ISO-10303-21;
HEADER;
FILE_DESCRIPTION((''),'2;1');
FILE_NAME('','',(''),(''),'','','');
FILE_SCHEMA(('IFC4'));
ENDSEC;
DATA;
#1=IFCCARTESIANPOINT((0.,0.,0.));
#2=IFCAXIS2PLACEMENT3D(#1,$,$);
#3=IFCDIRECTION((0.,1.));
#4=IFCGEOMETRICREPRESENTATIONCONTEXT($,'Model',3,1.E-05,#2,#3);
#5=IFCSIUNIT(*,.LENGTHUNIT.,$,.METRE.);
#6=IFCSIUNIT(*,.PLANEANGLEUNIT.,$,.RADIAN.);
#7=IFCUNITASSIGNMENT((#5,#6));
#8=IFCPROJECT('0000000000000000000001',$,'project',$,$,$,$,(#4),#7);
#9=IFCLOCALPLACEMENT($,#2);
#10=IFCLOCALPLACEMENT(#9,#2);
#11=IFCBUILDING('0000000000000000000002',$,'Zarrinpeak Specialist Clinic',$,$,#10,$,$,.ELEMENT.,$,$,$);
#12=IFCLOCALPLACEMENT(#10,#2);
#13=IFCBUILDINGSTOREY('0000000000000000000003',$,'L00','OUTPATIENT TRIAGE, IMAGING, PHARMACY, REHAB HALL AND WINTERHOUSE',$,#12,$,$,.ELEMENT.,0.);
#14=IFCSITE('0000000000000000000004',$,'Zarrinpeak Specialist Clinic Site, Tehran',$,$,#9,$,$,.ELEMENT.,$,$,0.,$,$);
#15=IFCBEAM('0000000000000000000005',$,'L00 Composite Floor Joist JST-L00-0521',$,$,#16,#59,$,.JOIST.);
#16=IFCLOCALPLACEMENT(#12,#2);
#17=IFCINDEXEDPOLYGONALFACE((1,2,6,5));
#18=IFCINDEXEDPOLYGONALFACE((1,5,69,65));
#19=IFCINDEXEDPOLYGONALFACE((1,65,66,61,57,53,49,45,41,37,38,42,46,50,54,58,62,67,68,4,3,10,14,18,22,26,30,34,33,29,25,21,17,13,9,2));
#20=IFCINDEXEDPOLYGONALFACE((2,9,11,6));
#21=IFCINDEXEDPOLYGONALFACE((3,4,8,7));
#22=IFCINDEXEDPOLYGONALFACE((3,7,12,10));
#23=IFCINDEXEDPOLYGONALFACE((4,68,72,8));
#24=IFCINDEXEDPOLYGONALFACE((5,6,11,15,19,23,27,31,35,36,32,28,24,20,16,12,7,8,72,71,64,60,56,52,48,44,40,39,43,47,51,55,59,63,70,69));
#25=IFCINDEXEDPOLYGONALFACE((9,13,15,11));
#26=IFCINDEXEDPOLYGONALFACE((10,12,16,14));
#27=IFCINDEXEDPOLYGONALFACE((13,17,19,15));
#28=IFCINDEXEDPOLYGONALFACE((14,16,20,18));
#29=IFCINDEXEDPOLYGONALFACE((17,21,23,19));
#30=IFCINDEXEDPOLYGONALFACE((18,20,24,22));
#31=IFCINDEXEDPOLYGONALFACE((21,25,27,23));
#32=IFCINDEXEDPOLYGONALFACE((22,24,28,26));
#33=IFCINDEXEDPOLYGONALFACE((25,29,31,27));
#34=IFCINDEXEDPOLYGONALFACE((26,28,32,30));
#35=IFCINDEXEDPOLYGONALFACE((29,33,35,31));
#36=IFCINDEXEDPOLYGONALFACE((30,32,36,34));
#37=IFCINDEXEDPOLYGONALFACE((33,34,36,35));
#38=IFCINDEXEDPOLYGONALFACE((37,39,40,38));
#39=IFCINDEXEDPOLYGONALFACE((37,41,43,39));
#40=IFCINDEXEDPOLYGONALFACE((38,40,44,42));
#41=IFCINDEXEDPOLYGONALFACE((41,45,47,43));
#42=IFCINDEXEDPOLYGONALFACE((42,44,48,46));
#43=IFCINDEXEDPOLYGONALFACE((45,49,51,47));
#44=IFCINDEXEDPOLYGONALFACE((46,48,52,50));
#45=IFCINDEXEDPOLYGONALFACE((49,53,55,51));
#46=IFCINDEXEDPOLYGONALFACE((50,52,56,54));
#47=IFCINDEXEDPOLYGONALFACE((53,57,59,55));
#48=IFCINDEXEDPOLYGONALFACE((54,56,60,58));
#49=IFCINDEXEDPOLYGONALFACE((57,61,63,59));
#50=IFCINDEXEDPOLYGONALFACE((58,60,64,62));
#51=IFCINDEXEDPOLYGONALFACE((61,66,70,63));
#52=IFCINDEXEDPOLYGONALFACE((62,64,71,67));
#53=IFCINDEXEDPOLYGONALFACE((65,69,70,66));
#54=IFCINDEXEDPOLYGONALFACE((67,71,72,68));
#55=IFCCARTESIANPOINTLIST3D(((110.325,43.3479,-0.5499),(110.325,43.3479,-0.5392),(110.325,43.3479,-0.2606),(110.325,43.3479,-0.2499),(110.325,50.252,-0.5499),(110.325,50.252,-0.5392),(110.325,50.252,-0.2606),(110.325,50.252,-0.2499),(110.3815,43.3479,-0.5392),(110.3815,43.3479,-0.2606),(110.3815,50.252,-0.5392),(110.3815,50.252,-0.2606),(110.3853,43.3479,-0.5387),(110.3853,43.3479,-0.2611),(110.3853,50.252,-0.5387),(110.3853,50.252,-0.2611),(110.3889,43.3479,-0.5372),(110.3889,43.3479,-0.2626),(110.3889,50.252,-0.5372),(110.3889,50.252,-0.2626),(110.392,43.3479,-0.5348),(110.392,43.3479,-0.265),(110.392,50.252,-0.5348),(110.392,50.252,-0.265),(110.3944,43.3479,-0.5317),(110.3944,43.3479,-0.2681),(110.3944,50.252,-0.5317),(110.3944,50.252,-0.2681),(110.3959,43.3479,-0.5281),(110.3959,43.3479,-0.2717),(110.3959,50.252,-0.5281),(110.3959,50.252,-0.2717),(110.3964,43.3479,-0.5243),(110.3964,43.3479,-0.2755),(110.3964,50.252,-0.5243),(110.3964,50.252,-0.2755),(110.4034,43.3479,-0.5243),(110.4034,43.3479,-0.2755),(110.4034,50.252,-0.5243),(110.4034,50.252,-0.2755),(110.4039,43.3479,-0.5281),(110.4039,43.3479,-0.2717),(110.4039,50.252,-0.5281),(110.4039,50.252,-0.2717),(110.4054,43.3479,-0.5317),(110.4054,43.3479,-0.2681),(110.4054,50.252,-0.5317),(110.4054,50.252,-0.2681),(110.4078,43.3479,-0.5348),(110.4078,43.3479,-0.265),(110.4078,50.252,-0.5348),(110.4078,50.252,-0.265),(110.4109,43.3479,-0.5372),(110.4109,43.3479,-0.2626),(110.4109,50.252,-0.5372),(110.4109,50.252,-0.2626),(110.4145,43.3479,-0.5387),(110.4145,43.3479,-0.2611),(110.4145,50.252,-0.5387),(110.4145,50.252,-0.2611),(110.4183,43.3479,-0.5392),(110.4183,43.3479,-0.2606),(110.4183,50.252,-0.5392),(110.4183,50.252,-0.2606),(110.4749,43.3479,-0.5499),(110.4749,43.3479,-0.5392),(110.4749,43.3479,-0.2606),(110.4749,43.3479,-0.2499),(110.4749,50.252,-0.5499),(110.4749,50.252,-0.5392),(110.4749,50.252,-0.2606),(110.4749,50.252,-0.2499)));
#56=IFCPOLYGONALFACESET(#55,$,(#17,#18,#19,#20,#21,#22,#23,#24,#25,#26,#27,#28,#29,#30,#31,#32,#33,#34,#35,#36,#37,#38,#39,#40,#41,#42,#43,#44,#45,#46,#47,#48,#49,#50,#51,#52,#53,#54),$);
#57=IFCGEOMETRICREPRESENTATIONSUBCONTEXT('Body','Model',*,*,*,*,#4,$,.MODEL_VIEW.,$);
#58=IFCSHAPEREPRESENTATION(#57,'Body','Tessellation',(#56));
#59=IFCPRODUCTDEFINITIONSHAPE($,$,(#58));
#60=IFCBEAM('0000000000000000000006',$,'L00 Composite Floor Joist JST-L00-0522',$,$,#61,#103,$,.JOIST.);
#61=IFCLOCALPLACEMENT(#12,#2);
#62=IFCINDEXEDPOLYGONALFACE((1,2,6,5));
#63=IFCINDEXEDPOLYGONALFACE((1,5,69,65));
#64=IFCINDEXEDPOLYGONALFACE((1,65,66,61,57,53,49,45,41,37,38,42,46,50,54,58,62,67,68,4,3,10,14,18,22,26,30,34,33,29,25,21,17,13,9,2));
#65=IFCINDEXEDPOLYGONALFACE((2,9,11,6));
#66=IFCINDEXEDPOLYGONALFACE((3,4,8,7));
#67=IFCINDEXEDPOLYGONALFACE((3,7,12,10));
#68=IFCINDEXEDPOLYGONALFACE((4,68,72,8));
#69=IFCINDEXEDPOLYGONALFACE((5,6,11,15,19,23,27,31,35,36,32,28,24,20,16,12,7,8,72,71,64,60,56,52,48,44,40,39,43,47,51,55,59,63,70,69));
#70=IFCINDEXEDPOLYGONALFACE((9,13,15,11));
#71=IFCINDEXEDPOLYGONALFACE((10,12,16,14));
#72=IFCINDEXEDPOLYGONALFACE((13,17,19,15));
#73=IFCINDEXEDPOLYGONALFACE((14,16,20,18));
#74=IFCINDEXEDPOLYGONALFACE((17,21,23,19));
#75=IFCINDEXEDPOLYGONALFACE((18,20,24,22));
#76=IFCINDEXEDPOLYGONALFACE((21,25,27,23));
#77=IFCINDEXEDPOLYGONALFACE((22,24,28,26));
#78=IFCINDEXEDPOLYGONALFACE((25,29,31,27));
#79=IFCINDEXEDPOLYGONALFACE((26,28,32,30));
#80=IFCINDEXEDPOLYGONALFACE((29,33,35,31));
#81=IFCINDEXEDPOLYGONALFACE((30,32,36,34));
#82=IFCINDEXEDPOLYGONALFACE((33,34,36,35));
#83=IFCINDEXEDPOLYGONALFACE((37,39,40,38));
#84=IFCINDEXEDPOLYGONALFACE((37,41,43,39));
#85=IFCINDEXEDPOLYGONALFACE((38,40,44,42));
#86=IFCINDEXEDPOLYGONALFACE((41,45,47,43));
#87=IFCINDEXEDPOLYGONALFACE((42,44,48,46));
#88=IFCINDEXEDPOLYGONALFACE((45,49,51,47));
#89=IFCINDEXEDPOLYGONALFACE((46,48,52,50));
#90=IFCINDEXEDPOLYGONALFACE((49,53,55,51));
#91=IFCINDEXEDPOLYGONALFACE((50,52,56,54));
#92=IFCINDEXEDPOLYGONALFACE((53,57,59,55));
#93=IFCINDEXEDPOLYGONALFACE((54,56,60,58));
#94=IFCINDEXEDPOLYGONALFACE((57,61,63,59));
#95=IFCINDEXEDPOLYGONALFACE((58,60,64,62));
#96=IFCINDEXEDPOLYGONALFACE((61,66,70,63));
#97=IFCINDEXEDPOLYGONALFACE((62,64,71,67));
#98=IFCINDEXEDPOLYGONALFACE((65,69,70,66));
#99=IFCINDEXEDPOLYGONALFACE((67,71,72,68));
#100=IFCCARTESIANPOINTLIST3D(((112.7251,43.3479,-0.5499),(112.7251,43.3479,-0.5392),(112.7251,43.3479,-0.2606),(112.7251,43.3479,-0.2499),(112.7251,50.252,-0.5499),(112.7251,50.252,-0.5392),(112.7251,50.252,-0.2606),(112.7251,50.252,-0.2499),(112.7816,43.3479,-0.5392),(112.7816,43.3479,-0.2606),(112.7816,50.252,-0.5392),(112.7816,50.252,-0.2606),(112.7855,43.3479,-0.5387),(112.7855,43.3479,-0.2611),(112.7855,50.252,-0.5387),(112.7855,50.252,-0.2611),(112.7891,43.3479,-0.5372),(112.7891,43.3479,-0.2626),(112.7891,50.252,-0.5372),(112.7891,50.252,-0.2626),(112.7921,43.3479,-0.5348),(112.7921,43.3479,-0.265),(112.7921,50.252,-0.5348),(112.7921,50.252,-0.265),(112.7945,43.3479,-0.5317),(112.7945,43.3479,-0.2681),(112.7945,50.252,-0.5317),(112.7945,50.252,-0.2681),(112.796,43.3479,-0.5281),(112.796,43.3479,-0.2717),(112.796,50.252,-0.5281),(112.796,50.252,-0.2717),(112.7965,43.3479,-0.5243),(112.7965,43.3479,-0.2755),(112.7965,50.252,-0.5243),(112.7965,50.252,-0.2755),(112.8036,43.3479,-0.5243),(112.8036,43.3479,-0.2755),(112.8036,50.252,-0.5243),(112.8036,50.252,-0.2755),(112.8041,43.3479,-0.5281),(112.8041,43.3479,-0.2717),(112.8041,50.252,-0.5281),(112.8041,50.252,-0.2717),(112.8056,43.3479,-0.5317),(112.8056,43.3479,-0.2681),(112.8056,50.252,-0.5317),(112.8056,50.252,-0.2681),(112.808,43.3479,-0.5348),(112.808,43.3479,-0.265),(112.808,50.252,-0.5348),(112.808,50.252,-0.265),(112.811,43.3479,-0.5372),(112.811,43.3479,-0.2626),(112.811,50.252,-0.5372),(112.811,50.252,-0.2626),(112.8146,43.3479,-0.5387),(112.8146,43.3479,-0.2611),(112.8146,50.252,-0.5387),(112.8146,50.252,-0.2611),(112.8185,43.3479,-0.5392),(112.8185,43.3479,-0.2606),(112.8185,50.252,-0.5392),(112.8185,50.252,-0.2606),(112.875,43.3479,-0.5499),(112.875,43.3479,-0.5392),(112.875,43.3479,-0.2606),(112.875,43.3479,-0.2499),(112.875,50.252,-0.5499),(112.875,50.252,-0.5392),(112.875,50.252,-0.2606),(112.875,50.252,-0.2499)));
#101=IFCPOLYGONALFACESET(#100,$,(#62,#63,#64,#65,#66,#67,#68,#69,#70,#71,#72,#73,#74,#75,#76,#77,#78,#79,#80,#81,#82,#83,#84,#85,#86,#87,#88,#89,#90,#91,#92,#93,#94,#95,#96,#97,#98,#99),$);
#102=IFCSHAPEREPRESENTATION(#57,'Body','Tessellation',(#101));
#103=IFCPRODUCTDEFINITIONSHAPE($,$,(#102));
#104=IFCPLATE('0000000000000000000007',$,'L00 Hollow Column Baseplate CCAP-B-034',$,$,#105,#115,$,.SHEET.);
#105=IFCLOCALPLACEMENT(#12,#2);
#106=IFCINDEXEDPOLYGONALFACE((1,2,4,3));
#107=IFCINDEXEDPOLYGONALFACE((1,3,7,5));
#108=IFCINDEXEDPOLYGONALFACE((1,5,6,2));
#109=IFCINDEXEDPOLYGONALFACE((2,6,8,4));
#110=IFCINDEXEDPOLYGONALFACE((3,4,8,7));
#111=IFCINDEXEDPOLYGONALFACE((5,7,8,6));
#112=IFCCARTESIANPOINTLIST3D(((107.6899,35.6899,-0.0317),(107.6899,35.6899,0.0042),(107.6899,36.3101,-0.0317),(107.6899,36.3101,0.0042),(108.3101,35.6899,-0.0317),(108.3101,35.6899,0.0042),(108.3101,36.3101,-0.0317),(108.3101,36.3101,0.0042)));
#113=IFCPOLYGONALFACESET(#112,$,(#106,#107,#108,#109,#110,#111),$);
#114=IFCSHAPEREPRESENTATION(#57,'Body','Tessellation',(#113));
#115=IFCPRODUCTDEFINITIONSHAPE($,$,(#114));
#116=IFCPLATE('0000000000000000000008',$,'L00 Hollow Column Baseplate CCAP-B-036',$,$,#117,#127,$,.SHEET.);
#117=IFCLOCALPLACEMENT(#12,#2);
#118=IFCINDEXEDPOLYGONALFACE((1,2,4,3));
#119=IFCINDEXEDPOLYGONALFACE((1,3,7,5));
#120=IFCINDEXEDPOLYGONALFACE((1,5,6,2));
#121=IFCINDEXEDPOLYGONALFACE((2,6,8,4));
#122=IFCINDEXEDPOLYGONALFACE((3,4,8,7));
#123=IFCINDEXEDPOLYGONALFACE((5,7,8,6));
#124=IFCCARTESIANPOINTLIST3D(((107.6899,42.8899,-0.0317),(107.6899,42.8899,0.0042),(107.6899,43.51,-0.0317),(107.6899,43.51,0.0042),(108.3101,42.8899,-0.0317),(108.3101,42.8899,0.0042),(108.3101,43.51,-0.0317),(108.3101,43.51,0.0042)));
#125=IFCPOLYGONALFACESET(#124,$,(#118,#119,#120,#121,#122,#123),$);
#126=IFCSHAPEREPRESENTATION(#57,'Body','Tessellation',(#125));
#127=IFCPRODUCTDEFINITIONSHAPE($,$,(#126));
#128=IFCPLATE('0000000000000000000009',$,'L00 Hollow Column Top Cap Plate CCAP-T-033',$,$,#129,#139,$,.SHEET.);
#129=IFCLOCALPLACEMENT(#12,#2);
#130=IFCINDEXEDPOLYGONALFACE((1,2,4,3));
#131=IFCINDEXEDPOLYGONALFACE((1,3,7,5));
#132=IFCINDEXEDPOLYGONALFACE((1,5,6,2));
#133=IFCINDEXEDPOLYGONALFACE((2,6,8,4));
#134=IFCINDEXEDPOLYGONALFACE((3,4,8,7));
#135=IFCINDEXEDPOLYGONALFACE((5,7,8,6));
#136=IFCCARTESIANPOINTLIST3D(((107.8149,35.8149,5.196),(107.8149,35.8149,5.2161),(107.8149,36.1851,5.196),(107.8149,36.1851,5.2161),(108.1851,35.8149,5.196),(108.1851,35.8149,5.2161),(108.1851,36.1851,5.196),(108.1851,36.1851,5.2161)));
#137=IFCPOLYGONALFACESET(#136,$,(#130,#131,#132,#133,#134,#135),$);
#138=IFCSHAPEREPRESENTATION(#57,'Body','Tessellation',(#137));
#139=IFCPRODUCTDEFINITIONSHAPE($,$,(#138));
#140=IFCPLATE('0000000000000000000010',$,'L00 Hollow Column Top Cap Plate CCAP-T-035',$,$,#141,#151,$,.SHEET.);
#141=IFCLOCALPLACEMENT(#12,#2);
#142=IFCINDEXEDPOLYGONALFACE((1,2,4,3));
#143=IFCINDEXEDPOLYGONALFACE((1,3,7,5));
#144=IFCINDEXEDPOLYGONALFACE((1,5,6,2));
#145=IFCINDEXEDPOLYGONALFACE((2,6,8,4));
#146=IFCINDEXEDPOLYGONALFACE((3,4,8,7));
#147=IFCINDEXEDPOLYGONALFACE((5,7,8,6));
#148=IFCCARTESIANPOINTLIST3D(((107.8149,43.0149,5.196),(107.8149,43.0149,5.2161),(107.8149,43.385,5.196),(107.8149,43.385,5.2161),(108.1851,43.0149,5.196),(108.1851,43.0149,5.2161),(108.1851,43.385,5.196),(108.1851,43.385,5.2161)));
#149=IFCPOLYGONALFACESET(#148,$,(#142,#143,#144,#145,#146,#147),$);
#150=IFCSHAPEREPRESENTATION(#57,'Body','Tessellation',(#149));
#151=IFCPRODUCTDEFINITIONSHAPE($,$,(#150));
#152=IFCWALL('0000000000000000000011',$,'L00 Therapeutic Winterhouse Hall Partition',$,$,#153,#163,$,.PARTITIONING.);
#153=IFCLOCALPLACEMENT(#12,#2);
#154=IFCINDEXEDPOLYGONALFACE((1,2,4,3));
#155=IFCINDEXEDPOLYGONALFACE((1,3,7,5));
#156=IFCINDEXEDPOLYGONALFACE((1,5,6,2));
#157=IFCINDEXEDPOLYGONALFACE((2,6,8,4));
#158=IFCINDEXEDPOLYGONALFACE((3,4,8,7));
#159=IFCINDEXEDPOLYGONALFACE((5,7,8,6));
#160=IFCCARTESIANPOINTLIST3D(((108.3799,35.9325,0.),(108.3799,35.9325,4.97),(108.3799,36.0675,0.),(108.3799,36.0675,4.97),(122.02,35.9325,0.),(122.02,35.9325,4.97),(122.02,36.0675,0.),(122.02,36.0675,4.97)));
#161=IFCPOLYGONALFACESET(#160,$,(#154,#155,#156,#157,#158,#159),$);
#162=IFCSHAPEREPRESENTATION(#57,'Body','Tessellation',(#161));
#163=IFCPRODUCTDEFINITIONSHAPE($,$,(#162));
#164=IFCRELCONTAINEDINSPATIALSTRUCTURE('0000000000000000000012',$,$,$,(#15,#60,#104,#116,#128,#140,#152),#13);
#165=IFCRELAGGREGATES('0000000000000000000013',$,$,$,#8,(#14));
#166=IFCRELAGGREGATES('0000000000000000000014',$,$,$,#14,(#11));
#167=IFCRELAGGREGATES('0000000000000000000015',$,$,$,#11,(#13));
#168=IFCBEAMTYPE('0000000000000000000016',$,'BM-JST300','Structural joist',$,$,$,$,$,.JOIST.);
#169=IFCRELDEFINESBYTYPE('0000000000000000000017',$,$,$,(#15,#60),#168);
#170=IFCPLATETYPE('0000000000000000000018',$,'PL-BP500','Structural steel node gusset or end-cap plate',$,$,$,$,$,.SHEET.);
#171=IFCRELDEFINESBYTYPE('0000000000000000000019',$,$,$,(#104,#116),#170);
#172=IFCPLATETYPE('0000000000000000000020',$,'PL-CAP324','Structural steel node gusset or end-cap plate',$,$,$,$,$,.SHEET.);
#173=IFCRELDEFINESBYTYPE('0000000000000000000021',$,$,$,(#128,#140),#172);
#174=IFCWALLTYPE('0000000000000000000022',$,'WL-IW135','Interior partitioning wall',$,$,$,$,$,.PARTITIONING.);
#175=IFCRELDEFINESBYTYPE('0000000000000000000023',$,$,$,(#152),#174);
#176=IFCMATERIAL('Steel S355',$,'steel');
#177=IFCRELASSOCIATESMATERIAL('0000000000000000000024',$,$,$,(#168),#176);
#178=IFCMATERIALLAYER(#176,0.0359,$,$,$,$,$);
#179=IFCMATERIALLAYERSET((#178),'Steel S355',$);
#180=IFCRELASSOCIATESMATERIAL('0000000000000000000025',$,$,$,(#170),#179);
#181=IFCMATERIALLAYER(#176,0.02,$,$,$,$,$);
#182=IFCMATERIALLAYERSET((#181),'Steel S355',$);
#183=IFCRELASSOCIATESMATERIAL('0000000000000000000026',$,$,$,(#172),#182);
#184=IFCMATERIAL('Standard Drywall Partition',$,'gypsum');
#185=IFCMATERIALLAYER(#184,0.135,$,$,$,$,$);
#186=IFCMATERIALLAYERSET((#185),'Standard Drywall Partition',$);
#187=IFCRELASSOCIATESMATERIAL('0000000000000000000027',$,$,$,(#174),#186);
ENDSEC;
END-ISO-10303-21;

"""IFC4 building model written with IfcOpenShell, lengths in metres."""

from ifc_helpers import new_model, si_unit, direction, frame, frame_2d, origin, origin_2d, place, context, subcontext, project, spatial, rectangle, i_section, extrude, material, layer, layer_set, material_profile, profile_set, type_object, element, save


model = new_model("IFC4")

# Units and contexts
model_context = context("Model", 3, precision=1e-05, world=origin(), true_north=direction((0.0, 1.0)))
body_context = subcontext(model_context, "Body", "Model", "MODEL_VIEW")
ifc_project = project(units=[si_unit("LENGTHUNIT", "METRE"), si_unit("PLANEANGLEUNIT", "RADIAN")], contexts=[model_context])

# Site, building, storey
site_placement = place(None, origin())
site = spatial("IfcSite", under=ifc_project, at=site_placement, Name="Zarrinpeak Specialist Clinic Site, Tehran", CompositionType="ELEMENT", RefElevation=0.0)
building_placement = place(site_placement, origin())
building = spatial("IfcBuilding", under=site, at=building_placement, Name="Zarrinpeak Specialist Clinic", CompositionType="ELEMENT")
storey_placement = place(building_placement, origin())
storey = spatial("IfcBuildingStorey", under=building, at=storey_placement, Name="L00", Description="OUTPATIENT TRIAGE, IMAGING, PHARMACY, REHAB HALL AND WINTERHOUSE", CompositionType="ELEMENT", Elevation=0.0)

# Shared definitions
ifc_material_1 = material(Name="Steel S355", Category="steel")

# Beams
ifc_material_profile_1 = material_profile(ifc_material_1, i_section(OverallWidth=0.1499, OverallDepth=0.3, WebThickness=0.0071, FlangeThickness=0.0107, FilletRadius=0.0149, at=origin_2d()), Name="IPE 300")
ifc_profile_set_1 = profile_set([ifc_material_profile_1], Name="Steel S355")
beam_type_1 = type_object("IfcBeamType", Name="BM-JST300", Description="Structural joist", PredefinedType="JOIST", material=ifc_profile_set_1)
for number, where, z_axis, x_axis, name in (
    (1, (110.3999, 43.3479, -0.3999), (0.0, 1.0, 0.0), (-1.0, 0.0, 0.0), "L00 Composite Floor Joist JST-L00-0521"),
    (2, (112.8, 43.3479, -0.3999), (0.0, 1.0, 0.0), (-1.0, 0.0, 0.0), "L00 Composite Floor Joist JST-L00-0522"),
):
    element("IfcBeam", number, at=place(storey_placement, frame(where, z_axis=z_axis, x_axis=x_axis)), inside=storey, type_object=beam_type_1, Name=name, PredefinedType="JOIST", context=body_context, shape_type="SweptSolid", body=[
        extrude(i_section(OverallWidth=0.1499, OverallDepth=0.3, WebThickness=0.0071, FlangeThickness=0.0107, FilletRadius=0.0149, at=origin_2d()), origin(), (0.0, 0.0, 1.0), 6.9041),
    ])

# Plates
ifc_layer_1 = layer(ifc_material_1, 0.0359)
ifc_layer_set_1 = layer_set([ifc_layer_1], Name="Steel S355")
plate_type_1 = type_object("IfcPlateType", Name="PL-BP500", Description="Structural steel node gusset or end-cap plate", PredefinedType="SHEET", material=ifc_layer_set_1)
for number, where, z_axis, x_axis, name in (
    (3, (108.0, 36.0, -0.0317), (0.0, 0.0, 1.0), (1.0, 0.0, 0.0), "L00 Hollow Column Baseplate CCAP-B-034"),
    (4, (108.0, 43.2, -0.0317), (0.0, 0.0, 1.0), (1.0, 0.0, 0.0), "L00 Hollow Column Baseplate CCAP-B-036"),
):
    element("IfcPlate", number, at=place(storey_placement, frame(where, z_axis=z_axis, x_axis=x_axis)), inside=storey, type_object=plate_type_1, Name=name, PredefinedType="SHEET", context=body_context, shape_type="SweptSolid", body=[
        extrude(rectangle(XDim=0.6201, YDim=0.6201, at=origin_2d()), origin(), (0.0, 0.0, 1.0), 0.0359),
    ])
ifc_layer_2 = layer(ifc_material_1, 0.02)
ifc_layer_set_2 = layer_set([ifc_layer_2], Name="Steel S355")
plate_type_2 = type_object("IfcPlateType", Name="PL-CAP324", Description="Structural steel node gusset or end-cap plate", PredefinedType="SHEET", material=ifc_layer_set_2)
for number, where, z_axis, x_axis, name in (
    (5, (108.0, 36.0, 5.196), (0.0, 0.0, 1.0), (1.0, 0.0, 0.0), "L00 Hollow Column Top Cap Plate CCAP-T-033"),
    (6, (108.0, 43.2, 5.196), (0.0, 0.0, 1.0), (1.0, 0.0, 0.0), "L00 Hollow Column Top Cap Plate CCAP-T-035"),
):
    element("IfcPlate", number, at=place(storey_placement, frame(where, z_axis=z_axis, x_axis=x_axis)), inside=storey, type_object=plate_type_2, Name=name, PredefinedType="SHEET", context=body_context, shape_type="SweptSolid", body=[
        extrude(rectangle(XDim=0.3701, YDim=0.3701, at=origin_2d()), origin(), (0.0, 0.0, 1.0), 0.02),
    ])

# Wall
ifc_material_2 = material(Name="Standard Drywall Partition", Category="gypsum")
ifc_layer_3 = layer(ifc_material_2, 0.135)
ifc_layer_set_3 = layer_set([ifc_layer_3], Name="Standard Drywall Partition")
wall_type = type_object("IfcWallType", Name="WL-IW135", Description="Interior partitioning wall", PredefinedType="PARTITIONING", material=ifc_layer_set_3)
wall_placement = place(storey_placement, frame((108.3799, 36.0, 0.0), z_axis=(0.0, 0.0, 1.0), x_axis=(1.0, 0.0, 0.0)))
element("IfcWall", 7, at=wall_placement, inside=storey, type_object=wall_type, Name="L00 Therapeutic Winterhouse Hall Partition", PredefinedType="PARTITIONING", context=body_context, shape_type="SweptSolid", body=[
    extrude(rectangle(XDim=13.6401, YDim=0.135, at=frame_2d((6.8201, 0.0))), origin(), (0.0, 0.0, 1.0), 4.97),
])

save(model, "model.ifc")
